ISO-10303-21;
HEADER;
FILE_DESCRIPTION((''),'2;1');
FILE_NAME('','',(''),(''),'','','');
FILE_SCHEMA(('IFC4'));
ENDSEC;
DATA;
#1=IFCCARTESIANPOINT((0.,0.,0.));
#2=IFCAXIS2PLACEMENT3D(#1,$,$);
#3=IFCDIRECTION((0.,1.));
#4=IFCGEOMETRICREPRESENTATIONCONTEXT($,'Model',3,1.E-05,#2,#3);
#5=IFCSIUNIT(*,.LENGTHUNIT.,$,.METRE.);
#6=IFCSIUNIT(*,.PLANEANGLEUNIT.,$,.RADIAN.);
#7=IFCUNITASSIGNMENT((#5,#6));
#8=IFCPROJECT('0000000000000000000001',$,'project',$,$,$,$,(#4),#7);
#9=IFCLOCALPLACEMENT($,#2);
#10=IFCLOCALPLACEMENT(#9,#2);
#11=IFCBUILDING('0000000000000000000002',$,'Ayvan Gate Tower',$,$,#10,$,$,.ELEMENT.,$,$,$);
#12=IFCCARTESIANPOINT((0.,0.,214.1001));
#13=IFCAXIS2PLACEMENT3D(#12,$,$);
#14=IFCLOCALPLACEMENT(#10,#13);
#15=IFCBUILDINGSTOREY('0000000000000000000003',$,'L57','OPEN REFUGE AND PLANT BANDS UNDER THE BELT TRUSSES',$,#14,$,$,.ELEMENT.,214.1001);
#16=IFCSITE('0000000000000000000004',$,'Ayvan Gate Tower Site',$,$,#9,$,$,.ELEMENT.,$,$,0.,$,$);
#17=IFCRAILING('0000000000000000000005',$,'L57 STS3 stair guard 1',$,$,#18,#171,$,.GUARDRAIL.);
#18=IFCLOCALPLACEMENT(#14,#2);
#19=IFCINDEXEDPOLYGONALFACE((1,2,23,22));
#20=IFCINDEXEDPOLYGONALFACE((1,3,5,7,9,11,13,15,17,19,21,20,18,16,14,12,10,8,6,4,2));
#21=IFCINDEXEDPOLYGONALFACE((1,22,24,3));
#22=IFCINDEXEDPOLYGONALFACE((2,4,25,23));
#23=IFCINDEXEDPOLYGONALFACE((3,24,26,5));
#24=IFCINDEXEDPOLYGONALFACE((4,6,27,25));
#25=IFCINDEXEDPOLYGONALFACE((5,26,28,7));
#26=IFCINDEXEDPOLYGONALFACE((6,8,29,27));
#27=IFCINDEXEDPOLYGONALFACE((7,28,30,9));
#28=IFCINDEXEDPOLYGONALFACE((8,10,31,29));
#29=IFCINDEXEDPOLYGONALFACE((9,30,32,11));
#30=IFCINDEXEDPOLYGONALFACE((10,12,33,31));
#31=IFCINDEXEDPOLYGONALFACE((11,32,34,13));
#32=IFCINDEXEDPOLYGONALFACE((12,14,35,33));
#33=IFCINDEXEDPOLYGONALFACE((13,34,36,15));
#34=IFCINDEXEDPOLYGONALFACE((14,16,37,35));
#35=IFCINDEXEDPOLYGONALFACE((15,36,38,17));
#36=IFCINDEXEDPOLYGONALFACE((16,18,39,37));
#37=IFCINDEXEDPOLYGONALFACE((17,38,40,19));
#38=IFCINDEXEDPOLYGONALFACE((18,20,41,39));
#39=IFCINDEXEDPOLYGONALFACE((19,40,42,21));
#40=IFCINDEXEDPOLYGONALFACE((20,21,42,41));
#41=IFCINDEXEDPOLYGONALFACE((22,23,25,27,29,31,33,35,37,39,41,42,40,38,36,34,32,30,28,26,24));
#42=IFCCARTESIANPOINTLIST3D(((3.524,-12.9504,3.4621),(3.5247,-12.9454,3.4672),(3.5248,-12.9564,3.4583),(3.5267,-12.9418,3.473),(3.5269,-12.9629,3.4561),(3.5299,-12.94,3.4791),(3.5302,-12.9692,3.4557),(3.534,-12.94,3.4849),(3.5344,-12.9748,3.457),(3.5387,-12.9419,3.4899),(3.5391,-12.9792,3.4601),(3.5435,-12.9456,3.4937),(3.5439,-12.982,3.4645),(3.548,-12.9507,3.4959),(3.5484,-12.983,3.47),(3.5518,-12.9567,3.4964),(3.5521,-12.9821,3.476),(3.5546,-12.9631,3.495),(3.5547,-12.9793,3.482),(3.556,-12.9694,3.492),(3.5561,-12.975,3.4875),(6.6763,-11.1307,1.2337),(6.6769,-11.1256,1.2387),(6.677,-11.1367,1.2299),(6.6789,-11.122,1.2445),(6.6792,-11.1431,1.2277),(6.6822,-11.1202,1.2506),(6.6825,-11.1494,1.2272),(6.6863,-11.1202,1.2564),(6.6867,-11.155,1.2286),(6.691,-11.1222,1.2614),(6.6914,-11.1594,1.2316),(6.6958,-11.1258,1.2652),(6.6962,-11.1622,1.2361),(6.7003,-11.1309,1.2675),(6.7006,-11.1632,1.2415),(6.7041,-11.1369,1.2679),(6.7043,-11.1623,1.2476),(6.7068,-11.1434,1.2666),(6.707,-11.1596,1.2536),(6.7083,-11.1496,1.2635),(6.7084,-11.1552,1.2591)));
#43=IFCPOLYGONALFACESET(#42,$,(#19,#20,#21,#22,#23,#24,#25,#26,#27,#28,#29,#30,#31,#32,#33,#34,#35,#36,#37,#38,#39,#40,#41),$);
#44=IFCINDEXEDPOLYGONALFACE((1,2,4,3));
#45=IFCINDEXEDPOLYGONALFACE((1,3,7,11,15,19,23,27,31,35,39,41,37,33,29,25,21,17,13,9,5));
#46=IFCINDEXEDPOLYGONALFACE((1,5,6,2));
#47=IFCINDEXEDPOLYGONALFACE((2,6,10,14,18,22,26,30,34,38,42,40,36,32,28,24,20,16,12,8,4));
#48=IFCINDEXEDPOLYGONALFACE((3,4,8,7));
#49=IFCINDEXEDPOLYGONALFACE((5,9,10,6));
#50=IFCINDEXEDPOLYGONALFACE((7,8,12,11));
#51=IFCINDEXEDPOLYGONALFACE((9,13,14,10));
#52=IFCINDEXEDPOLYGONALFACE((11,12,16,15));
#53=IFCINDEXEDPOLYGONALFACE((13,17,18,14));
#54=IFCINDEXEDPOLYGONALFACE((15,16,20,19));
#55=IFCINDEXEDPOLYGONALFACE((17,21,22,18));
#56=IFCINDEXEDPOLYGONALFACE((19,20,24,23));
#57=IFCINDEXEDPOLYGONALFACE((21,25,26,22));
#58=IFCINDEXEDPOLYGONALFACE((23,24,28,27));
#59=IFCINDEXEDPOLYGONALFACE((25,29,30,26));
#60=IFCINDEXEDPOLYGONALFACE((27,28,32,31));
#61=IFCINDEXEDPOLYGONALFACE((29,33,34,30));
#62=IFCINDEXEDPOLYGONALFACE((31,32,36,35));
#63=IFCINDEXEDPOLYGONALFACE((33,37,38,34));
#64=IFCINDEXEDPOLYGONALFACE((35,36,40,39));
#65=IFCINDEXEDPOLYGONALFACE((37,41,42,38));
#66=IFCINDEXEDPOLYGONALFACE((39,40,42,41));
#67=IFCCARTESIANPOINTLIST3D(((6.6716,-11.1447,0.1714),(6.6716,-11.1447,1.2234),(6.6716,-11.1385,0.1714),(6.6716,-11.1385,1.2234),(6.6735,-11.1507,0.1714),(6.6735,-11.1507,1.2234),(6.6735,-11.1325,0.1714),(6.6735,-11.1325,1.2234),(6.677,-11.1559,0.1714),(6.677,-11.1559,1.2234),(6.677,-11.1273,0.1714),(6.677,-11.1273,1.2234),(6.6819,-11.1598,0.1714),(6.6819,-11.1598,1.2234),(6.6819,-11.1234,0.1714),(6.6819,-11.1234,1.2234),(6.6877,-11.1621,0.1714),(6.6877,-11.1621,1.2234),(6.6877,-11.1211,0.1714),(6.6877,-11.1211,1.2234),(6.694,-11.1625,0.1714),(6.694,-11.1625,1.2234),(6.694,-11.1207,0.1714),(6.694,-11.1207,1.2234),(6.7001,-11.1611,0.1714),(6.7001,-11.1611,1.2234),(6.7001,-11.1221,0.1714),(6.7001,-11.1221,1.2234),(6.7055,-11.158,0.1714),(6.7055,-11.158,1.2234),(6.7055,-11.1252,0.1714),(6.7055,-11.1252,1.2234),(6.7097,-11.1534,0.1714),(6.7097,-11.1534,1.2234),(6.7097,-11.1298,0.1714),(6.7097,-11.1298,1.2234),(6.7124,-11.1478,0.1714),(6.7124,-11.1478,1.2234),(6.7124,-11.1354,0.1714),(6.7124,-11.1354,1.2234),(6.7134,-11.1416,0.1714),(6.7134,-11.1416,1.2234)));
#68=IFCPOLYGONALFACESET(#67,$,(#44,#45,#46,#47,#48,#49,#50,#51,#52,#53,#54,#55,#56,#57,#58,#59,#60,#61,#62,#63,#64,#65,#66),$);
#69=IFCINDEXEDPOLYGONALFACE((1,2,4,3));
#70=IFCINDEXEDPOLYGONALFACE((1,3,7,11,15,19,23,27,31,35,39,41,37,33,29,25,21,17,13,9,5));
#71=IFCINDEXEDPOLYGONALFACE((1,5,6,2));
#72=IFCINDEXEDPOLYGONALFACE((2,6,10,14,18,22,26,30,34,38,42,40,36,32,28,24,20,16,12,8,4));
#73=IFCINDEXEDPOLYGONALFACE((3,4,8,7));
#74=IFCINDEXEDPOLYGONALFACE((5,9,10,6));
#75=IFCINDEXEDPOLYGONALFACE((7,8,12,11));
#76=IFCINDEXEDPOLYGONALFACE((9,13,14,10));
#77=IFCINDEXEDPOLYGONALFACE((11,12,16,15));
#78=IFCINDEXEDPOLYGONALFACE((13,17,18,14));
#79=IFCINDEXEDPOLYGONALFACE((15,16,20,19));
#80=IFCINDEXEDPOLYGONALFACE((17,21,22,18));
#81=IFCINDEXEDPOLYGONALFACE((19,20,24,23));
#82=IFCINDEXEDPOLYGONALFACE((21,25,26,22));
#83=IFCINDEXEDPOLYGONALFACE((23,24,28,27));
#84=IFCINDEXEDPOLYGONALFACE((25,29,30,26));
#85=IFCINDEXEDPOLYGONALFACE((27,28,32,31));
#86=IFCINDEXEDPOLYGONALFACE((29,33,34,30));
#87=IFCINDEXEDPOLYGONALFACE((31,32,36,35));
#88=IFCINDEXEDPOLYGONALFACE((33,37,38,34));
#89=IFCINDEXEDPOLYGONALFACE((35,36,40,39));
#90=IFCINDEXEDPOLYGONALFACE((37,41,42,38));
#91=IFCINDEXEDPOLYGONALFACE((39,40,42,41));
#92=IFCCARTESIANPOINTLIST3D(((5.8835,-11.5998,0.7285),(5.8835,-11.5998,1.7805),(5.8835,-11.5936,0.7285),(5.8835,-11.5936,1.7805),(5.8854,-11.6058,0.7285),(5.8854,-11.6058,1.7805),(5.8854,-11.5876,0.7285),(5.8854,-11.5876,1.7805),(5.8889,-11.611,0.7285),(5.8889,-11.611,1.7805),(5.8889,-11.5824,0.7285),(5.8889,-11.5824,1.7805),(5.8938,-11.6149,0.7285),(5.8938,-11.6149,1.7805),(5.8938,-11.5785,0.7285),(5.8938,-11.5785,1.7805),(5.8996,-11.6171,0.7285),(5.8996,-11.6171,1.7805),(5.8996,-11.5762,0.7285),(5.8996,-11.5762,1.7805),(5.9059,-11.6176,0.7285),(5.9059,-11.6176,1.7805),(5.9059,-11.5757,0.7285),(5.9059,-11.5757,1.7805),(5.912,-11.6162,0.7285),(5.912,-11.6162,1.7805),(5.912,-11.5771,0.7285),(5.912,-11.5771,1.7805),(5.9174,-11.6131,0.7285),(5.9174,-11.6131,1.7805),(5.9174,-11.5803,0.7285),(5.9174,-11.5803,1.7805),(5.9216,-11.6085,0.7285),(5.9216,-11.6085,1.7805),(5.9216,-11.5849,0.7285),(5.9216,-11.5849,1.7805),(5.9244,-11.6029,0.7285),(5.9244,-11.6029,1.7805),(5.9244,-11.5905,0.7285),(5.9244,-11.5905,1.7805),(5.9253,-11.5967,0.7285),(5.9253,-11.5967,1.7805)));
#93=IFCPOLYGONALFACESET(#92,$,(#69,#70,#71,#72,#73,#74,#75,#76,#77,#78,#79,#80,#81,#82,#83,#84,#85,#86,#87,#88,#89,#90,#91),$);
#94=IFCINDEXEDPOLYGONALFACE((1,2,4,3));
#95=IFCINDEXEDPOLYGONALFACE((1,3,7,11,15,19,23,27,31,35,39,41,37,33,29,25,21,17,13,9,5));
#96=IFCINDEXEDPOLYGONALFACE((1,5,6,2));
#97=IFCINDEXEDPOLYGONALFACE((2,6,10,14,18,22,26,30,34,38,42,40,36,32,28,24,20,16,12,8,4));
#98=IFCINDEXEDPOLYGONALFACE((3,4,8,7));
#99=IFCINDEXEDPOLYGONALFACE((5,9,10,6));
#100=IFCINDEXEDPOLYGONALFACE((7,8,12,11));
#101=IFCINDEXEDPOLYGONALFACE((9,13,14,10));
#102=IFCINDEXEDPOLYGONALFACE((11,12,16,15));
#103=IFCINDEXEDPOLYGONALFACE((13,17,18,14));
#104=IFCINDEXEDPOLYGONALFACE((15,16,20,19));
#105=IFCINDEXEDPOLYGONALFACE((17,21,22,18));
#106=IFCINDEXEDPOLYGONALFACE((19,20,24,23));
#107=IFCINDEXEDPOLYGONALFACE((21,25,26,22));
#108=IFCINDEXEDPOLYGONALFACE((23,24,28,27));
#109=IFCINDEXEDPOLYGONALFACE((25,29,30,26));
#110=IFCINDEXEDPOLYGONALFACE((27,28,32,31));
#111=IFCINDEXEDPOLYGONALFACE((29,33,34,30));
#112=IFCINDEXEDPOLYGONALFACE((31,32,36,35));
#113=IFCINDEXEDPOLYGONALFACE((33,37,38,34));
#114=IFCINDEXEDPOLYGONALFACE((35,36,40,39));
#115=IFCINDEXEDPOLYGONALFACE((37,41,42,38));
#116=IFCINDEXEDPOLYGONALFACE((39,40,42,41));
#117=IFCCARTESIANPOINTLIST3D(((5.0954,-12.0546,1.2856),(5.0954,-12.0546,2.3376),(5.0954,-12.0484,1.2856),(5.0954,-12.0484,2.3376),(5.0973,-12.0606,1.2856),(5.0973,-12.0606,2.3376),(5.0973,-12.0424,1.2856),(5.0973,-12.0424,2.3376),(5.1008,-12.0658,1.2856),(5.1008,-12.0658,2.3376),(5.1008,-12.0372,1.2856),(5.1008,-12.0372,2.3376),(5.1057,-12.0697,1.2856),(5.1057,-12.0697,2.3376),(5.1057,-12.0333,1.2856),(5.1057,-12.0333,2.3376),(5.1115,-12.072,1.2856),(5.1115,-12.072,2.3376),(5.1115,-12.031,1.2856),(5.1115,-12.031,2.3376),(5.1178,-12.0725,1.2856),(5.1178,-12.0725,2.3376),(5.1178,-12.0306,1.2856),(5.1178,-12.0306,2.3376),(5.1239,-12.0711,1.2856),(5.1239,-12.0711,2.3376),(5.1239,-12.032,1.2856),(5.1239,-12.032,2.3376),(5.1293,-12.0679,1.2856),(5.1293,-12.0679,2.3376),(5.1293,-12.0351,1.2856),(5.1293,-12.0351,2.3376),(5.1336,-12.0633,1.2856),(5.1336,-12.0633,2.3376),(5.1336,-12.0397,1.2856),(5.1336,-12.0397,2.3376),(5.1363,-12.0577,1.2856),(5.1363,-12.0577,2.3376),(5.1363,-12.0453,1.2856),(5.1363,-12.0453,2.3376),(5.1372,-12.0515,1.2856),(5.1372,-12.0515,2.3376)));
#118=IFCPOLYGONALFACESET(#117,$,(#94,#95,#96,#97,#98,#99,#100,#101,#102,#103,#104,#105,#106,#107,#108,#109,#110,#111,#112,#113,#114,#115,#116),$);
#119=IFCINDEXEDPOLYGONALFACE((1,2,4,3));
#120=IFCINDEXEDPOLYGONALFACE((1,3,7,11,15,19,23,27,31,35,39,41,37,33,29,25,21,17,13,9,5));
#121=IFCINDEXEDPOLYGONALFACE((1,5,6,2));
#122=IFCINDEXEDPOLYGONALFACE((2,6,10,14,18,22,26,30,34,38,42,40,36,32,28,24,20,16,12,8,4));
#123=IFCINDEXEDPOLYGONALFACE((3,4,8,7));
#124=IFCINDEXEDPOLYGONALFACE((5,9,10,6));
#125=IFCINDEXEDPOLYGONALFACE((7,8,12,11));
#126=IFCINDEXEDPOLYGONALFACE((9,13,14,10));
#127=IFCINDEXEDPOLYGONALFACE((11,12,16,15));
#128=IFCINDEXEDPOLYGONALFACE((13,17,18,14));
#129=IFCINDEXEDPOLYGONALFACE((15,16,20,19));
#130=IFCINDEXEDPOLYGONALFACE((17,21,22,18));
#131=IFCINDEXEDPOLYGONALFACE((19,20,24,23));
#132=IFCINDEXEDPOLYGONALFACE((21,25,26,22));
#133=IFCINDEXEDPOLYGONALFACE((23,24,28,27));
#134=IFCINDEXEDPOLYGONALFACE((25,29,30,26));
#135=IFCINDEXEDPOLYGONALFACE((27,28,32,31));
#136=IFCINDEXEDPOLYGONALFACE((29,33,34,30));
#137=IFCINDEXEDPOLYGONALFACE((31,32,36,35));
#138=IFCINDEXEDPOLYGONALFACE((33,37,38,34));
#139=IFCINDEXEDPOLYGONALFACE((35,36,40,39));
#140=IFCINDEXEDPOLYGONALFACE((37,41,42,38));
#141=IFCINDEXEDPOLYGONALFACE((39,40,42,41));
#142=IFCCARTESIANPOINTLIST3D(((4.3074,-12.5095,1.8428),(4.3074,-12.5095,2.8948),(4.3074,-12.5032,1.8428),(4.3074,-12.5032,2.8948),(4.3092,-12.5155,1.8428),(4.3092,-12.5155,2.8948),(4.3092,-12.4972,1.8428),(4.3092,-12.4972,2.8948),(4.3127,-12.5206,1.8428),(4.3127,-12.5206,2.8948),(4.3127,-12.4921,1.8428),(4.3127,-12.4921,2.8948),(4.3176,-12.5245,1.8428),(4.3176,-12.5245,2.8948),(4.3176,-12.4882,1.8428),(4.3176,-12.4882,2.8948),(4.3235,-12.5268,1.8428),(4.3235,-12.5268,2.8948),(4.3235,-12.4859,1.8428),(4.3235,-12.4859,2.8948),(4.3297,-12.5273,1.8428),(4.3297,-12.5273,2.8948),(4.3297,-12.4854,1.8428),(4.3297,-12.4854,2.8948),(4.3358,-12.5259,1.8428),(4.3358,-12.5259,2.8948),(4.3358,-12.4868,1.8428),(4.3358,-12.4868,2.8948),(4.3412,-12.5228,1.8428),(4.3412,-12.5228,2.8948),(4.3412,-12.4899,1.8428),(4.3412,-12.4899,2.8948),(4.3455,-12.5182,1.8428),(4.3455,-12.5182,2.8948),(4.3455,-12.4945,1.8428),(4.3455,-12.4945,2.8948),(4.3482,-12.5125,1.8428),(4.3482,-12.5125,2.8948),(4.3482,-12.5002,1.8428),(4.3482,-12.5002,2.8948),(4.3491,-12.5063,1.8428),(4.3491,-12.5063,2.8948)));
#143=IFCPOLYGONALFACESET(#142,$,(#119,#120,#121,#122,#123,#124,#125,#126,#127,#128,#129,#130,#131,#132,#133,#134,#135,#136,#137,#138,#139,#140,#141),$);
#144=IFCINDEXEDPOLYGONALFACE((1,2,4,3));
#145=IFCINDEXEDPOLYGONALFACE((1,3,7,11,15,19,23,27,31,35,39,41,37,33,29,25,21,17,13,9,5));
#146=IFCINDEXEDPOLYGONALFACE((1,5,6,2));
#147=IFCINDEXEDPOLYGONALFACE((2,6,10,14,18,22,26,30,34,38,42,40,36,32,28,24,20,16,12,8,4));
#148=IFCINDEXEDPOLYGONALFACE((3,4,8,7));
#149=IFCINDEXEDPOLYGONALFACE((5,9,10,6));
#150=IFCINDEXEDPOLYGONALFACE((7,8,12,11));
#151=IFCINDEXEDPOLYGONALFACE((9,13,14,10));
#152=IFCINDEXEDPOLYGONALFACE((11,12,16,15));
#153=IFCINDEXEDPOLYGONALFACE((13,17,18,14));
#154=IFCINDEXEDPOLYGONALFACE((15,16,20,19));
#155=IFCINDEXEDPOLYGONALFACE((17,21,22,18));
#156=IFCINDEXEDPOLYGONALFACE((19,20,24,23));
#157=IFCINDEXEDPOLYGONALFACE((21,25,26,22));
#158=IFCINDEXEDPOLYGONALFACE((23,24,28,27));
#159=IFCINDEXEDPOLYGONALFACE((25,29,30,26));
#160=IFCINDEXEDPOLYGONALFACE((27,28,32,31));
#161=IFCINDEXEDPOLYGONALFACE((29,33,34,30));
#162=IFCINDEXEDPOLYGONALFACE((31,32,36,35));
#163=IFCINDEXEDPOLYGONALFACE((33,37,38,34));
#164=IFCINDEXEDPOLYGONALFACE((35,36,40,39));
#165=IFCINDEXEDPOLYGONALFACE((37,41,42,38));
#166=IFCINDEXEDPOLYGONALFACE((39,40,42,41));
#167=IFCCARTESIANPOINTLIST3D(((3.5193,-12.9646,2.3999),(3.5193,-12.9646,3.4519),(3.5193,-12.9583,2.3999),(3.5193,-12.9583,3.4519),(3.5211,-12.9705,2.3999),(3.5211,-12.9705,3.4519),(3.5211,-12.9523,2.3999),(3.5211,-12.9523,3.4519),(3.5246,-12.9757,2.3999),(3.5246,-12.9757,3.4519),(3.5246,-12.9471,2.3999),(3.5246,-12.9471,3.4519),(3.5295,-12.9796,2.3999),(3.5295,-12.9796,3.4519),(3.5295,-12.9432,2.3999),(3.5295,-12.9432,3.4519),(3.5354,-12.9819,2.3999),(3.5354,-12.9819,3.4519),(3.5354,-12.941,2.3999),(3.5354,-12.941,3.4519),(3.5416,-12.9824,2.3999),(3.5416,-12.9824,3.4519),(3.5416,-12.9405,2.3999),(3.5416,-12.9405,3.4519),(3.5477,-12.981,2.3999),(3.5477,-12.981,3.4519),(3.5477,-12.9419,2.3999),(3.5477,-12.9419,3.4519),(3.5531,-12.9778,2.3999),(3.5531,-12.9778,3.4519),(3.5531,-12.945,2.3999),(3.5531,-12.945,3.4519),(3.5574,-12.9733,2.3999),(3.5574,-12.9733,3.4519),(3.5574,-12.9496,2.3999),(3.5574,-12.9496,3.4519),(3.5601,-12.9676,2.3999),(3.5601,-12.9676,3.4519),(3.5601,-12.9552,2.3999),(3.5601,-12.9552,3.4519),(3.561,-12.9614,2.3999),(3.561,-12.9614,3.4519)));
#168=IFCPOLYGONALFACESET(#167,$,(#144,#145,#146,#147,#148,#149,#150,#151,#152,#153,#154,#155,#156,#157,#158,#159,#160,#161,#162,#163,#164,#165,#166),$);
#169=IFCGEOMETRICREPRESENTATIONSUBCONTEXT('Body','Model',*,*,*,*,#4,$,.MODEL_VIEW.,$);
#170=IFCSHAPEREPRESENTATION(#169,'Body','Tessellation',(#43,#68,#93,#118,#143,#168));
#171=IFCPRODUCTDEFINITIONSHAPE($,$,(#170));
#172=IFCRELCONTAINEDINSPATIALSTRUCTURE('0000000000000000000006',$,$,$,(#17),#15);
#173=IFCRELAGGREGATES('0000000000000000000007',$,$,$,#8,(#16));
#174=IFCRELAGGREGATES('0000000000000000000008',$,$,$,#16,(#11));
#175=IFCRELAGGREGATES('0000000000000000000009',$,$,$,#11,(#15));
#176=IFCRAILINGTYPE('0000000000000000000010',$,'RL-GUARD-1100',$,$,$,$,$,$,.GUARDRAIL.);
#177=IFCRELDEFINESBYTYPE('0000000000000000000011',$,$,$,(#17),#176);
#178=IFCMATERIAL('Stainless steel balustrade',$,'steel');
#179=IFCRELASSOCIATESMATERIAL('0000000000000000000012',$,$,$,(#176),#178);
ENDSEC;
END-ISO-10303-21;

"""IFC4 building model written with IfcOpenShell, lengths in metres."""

from ifc_helpers import new_model, si_unit, direction, frame, origin, origin_2d, place, context, subcontext, project, spatial, circle, extrude, material, type_object, element, save


model = new_model("IFC4")

# Units and contexts
model_context = context("Model", 3, precision=1e-05, world=origin(), true_north=direction((0.0, 1.0)))
body_context = subcontext(model_context, "Body", "Model", "MODEL_VIEW")
ifc_project = project(units=[si_unit("LENGTHUNIT", "METRE"), si_unit("PLANEANGLEUNIT", "RADIAN")], contexts=[model_context])

# Site, building, storey
site_placement = place(None, origin())
site = spatial("IfcSite", under=ifc_project, at=site_placement, Name="Ayvan Gate Tower Site", CompositionType="ELEMENT", RefElevation=0.0)
building_placement = place(site_placement, origin())
building = spatial("IfcBuilding", under=site, at=building_placement, Name="Ayvan Gate Tower", CompositionType="ELEMENT")
storey_placement = place(building_placement, frame((0.0, 0.0, 214.1001)))
storey = spatial("IfcBuildingStorey", under=building, at=storey_placement, Name="L57", Description="OPEN REFUGE AND PLANT BANDS UNDER THE BELT TRUSSES", CompositionType="ELEMENT", Elevation=214.1001)

# Railing
ifc_material_1 = material(Name="Stainless steel balustrade", Category="steel")
railing_type_1 = type_object("IfcRailingType", Name="RL-GUARD-1100", PredefinedType="GUARDRAIL", material=ifc_material_1)
railing_1_placement = place(storey_placement, frame((6.6924, -11.1416, 0.1714)))
element("IfcRailing", 1, at=railing_1_placement, inside=storey, type_object=railing_type_1, Name="L57 STS3 stair guard 1", PredefinedType="GUARDRAIL", context=body_context, shape_type="SweptSolid", body=[
    extrude(circle(Radius=0.0239, at=origin_2d()), frame((0.0, 0.0, 1.0762), z_axis=(-0.73861, -0.426394, 0.522153), x_axis=(0.499962, -0.866047, 0.0)), (0.0, 0.0, 1.0), 4.2678),
    extrude(circle(Radius=0.021, at=origin_2d()), origin(), (0.0, 0.0, 1.0), 1.052),
    extrude(circle(Radius=0.021, at=origin_2d()), frame((-0.7881, -0.4551, 0.5571)), (0.0, 0.0, 1.0), 1.052),
    extrude(circle(Radius=0.021, at=origin_2d()), frame((-1.5762, -0.9099, 1.1143)), (0.0, 0.0, 1.0), 1.052),
    extrude(circle(Radius=0.021, at=origin_2d()), frame((-2.3643, -1.3647, 1.6714)), (0.0, 0.0, 1.0), 1.052),
    extrude(circle(Radius=0.021, at=origin_2d()), frame((-3.1523, -1.8198, 2.2285)), (0.0, 0.0, 1.0), 1.052),
])

save(model, "model.ifc")
